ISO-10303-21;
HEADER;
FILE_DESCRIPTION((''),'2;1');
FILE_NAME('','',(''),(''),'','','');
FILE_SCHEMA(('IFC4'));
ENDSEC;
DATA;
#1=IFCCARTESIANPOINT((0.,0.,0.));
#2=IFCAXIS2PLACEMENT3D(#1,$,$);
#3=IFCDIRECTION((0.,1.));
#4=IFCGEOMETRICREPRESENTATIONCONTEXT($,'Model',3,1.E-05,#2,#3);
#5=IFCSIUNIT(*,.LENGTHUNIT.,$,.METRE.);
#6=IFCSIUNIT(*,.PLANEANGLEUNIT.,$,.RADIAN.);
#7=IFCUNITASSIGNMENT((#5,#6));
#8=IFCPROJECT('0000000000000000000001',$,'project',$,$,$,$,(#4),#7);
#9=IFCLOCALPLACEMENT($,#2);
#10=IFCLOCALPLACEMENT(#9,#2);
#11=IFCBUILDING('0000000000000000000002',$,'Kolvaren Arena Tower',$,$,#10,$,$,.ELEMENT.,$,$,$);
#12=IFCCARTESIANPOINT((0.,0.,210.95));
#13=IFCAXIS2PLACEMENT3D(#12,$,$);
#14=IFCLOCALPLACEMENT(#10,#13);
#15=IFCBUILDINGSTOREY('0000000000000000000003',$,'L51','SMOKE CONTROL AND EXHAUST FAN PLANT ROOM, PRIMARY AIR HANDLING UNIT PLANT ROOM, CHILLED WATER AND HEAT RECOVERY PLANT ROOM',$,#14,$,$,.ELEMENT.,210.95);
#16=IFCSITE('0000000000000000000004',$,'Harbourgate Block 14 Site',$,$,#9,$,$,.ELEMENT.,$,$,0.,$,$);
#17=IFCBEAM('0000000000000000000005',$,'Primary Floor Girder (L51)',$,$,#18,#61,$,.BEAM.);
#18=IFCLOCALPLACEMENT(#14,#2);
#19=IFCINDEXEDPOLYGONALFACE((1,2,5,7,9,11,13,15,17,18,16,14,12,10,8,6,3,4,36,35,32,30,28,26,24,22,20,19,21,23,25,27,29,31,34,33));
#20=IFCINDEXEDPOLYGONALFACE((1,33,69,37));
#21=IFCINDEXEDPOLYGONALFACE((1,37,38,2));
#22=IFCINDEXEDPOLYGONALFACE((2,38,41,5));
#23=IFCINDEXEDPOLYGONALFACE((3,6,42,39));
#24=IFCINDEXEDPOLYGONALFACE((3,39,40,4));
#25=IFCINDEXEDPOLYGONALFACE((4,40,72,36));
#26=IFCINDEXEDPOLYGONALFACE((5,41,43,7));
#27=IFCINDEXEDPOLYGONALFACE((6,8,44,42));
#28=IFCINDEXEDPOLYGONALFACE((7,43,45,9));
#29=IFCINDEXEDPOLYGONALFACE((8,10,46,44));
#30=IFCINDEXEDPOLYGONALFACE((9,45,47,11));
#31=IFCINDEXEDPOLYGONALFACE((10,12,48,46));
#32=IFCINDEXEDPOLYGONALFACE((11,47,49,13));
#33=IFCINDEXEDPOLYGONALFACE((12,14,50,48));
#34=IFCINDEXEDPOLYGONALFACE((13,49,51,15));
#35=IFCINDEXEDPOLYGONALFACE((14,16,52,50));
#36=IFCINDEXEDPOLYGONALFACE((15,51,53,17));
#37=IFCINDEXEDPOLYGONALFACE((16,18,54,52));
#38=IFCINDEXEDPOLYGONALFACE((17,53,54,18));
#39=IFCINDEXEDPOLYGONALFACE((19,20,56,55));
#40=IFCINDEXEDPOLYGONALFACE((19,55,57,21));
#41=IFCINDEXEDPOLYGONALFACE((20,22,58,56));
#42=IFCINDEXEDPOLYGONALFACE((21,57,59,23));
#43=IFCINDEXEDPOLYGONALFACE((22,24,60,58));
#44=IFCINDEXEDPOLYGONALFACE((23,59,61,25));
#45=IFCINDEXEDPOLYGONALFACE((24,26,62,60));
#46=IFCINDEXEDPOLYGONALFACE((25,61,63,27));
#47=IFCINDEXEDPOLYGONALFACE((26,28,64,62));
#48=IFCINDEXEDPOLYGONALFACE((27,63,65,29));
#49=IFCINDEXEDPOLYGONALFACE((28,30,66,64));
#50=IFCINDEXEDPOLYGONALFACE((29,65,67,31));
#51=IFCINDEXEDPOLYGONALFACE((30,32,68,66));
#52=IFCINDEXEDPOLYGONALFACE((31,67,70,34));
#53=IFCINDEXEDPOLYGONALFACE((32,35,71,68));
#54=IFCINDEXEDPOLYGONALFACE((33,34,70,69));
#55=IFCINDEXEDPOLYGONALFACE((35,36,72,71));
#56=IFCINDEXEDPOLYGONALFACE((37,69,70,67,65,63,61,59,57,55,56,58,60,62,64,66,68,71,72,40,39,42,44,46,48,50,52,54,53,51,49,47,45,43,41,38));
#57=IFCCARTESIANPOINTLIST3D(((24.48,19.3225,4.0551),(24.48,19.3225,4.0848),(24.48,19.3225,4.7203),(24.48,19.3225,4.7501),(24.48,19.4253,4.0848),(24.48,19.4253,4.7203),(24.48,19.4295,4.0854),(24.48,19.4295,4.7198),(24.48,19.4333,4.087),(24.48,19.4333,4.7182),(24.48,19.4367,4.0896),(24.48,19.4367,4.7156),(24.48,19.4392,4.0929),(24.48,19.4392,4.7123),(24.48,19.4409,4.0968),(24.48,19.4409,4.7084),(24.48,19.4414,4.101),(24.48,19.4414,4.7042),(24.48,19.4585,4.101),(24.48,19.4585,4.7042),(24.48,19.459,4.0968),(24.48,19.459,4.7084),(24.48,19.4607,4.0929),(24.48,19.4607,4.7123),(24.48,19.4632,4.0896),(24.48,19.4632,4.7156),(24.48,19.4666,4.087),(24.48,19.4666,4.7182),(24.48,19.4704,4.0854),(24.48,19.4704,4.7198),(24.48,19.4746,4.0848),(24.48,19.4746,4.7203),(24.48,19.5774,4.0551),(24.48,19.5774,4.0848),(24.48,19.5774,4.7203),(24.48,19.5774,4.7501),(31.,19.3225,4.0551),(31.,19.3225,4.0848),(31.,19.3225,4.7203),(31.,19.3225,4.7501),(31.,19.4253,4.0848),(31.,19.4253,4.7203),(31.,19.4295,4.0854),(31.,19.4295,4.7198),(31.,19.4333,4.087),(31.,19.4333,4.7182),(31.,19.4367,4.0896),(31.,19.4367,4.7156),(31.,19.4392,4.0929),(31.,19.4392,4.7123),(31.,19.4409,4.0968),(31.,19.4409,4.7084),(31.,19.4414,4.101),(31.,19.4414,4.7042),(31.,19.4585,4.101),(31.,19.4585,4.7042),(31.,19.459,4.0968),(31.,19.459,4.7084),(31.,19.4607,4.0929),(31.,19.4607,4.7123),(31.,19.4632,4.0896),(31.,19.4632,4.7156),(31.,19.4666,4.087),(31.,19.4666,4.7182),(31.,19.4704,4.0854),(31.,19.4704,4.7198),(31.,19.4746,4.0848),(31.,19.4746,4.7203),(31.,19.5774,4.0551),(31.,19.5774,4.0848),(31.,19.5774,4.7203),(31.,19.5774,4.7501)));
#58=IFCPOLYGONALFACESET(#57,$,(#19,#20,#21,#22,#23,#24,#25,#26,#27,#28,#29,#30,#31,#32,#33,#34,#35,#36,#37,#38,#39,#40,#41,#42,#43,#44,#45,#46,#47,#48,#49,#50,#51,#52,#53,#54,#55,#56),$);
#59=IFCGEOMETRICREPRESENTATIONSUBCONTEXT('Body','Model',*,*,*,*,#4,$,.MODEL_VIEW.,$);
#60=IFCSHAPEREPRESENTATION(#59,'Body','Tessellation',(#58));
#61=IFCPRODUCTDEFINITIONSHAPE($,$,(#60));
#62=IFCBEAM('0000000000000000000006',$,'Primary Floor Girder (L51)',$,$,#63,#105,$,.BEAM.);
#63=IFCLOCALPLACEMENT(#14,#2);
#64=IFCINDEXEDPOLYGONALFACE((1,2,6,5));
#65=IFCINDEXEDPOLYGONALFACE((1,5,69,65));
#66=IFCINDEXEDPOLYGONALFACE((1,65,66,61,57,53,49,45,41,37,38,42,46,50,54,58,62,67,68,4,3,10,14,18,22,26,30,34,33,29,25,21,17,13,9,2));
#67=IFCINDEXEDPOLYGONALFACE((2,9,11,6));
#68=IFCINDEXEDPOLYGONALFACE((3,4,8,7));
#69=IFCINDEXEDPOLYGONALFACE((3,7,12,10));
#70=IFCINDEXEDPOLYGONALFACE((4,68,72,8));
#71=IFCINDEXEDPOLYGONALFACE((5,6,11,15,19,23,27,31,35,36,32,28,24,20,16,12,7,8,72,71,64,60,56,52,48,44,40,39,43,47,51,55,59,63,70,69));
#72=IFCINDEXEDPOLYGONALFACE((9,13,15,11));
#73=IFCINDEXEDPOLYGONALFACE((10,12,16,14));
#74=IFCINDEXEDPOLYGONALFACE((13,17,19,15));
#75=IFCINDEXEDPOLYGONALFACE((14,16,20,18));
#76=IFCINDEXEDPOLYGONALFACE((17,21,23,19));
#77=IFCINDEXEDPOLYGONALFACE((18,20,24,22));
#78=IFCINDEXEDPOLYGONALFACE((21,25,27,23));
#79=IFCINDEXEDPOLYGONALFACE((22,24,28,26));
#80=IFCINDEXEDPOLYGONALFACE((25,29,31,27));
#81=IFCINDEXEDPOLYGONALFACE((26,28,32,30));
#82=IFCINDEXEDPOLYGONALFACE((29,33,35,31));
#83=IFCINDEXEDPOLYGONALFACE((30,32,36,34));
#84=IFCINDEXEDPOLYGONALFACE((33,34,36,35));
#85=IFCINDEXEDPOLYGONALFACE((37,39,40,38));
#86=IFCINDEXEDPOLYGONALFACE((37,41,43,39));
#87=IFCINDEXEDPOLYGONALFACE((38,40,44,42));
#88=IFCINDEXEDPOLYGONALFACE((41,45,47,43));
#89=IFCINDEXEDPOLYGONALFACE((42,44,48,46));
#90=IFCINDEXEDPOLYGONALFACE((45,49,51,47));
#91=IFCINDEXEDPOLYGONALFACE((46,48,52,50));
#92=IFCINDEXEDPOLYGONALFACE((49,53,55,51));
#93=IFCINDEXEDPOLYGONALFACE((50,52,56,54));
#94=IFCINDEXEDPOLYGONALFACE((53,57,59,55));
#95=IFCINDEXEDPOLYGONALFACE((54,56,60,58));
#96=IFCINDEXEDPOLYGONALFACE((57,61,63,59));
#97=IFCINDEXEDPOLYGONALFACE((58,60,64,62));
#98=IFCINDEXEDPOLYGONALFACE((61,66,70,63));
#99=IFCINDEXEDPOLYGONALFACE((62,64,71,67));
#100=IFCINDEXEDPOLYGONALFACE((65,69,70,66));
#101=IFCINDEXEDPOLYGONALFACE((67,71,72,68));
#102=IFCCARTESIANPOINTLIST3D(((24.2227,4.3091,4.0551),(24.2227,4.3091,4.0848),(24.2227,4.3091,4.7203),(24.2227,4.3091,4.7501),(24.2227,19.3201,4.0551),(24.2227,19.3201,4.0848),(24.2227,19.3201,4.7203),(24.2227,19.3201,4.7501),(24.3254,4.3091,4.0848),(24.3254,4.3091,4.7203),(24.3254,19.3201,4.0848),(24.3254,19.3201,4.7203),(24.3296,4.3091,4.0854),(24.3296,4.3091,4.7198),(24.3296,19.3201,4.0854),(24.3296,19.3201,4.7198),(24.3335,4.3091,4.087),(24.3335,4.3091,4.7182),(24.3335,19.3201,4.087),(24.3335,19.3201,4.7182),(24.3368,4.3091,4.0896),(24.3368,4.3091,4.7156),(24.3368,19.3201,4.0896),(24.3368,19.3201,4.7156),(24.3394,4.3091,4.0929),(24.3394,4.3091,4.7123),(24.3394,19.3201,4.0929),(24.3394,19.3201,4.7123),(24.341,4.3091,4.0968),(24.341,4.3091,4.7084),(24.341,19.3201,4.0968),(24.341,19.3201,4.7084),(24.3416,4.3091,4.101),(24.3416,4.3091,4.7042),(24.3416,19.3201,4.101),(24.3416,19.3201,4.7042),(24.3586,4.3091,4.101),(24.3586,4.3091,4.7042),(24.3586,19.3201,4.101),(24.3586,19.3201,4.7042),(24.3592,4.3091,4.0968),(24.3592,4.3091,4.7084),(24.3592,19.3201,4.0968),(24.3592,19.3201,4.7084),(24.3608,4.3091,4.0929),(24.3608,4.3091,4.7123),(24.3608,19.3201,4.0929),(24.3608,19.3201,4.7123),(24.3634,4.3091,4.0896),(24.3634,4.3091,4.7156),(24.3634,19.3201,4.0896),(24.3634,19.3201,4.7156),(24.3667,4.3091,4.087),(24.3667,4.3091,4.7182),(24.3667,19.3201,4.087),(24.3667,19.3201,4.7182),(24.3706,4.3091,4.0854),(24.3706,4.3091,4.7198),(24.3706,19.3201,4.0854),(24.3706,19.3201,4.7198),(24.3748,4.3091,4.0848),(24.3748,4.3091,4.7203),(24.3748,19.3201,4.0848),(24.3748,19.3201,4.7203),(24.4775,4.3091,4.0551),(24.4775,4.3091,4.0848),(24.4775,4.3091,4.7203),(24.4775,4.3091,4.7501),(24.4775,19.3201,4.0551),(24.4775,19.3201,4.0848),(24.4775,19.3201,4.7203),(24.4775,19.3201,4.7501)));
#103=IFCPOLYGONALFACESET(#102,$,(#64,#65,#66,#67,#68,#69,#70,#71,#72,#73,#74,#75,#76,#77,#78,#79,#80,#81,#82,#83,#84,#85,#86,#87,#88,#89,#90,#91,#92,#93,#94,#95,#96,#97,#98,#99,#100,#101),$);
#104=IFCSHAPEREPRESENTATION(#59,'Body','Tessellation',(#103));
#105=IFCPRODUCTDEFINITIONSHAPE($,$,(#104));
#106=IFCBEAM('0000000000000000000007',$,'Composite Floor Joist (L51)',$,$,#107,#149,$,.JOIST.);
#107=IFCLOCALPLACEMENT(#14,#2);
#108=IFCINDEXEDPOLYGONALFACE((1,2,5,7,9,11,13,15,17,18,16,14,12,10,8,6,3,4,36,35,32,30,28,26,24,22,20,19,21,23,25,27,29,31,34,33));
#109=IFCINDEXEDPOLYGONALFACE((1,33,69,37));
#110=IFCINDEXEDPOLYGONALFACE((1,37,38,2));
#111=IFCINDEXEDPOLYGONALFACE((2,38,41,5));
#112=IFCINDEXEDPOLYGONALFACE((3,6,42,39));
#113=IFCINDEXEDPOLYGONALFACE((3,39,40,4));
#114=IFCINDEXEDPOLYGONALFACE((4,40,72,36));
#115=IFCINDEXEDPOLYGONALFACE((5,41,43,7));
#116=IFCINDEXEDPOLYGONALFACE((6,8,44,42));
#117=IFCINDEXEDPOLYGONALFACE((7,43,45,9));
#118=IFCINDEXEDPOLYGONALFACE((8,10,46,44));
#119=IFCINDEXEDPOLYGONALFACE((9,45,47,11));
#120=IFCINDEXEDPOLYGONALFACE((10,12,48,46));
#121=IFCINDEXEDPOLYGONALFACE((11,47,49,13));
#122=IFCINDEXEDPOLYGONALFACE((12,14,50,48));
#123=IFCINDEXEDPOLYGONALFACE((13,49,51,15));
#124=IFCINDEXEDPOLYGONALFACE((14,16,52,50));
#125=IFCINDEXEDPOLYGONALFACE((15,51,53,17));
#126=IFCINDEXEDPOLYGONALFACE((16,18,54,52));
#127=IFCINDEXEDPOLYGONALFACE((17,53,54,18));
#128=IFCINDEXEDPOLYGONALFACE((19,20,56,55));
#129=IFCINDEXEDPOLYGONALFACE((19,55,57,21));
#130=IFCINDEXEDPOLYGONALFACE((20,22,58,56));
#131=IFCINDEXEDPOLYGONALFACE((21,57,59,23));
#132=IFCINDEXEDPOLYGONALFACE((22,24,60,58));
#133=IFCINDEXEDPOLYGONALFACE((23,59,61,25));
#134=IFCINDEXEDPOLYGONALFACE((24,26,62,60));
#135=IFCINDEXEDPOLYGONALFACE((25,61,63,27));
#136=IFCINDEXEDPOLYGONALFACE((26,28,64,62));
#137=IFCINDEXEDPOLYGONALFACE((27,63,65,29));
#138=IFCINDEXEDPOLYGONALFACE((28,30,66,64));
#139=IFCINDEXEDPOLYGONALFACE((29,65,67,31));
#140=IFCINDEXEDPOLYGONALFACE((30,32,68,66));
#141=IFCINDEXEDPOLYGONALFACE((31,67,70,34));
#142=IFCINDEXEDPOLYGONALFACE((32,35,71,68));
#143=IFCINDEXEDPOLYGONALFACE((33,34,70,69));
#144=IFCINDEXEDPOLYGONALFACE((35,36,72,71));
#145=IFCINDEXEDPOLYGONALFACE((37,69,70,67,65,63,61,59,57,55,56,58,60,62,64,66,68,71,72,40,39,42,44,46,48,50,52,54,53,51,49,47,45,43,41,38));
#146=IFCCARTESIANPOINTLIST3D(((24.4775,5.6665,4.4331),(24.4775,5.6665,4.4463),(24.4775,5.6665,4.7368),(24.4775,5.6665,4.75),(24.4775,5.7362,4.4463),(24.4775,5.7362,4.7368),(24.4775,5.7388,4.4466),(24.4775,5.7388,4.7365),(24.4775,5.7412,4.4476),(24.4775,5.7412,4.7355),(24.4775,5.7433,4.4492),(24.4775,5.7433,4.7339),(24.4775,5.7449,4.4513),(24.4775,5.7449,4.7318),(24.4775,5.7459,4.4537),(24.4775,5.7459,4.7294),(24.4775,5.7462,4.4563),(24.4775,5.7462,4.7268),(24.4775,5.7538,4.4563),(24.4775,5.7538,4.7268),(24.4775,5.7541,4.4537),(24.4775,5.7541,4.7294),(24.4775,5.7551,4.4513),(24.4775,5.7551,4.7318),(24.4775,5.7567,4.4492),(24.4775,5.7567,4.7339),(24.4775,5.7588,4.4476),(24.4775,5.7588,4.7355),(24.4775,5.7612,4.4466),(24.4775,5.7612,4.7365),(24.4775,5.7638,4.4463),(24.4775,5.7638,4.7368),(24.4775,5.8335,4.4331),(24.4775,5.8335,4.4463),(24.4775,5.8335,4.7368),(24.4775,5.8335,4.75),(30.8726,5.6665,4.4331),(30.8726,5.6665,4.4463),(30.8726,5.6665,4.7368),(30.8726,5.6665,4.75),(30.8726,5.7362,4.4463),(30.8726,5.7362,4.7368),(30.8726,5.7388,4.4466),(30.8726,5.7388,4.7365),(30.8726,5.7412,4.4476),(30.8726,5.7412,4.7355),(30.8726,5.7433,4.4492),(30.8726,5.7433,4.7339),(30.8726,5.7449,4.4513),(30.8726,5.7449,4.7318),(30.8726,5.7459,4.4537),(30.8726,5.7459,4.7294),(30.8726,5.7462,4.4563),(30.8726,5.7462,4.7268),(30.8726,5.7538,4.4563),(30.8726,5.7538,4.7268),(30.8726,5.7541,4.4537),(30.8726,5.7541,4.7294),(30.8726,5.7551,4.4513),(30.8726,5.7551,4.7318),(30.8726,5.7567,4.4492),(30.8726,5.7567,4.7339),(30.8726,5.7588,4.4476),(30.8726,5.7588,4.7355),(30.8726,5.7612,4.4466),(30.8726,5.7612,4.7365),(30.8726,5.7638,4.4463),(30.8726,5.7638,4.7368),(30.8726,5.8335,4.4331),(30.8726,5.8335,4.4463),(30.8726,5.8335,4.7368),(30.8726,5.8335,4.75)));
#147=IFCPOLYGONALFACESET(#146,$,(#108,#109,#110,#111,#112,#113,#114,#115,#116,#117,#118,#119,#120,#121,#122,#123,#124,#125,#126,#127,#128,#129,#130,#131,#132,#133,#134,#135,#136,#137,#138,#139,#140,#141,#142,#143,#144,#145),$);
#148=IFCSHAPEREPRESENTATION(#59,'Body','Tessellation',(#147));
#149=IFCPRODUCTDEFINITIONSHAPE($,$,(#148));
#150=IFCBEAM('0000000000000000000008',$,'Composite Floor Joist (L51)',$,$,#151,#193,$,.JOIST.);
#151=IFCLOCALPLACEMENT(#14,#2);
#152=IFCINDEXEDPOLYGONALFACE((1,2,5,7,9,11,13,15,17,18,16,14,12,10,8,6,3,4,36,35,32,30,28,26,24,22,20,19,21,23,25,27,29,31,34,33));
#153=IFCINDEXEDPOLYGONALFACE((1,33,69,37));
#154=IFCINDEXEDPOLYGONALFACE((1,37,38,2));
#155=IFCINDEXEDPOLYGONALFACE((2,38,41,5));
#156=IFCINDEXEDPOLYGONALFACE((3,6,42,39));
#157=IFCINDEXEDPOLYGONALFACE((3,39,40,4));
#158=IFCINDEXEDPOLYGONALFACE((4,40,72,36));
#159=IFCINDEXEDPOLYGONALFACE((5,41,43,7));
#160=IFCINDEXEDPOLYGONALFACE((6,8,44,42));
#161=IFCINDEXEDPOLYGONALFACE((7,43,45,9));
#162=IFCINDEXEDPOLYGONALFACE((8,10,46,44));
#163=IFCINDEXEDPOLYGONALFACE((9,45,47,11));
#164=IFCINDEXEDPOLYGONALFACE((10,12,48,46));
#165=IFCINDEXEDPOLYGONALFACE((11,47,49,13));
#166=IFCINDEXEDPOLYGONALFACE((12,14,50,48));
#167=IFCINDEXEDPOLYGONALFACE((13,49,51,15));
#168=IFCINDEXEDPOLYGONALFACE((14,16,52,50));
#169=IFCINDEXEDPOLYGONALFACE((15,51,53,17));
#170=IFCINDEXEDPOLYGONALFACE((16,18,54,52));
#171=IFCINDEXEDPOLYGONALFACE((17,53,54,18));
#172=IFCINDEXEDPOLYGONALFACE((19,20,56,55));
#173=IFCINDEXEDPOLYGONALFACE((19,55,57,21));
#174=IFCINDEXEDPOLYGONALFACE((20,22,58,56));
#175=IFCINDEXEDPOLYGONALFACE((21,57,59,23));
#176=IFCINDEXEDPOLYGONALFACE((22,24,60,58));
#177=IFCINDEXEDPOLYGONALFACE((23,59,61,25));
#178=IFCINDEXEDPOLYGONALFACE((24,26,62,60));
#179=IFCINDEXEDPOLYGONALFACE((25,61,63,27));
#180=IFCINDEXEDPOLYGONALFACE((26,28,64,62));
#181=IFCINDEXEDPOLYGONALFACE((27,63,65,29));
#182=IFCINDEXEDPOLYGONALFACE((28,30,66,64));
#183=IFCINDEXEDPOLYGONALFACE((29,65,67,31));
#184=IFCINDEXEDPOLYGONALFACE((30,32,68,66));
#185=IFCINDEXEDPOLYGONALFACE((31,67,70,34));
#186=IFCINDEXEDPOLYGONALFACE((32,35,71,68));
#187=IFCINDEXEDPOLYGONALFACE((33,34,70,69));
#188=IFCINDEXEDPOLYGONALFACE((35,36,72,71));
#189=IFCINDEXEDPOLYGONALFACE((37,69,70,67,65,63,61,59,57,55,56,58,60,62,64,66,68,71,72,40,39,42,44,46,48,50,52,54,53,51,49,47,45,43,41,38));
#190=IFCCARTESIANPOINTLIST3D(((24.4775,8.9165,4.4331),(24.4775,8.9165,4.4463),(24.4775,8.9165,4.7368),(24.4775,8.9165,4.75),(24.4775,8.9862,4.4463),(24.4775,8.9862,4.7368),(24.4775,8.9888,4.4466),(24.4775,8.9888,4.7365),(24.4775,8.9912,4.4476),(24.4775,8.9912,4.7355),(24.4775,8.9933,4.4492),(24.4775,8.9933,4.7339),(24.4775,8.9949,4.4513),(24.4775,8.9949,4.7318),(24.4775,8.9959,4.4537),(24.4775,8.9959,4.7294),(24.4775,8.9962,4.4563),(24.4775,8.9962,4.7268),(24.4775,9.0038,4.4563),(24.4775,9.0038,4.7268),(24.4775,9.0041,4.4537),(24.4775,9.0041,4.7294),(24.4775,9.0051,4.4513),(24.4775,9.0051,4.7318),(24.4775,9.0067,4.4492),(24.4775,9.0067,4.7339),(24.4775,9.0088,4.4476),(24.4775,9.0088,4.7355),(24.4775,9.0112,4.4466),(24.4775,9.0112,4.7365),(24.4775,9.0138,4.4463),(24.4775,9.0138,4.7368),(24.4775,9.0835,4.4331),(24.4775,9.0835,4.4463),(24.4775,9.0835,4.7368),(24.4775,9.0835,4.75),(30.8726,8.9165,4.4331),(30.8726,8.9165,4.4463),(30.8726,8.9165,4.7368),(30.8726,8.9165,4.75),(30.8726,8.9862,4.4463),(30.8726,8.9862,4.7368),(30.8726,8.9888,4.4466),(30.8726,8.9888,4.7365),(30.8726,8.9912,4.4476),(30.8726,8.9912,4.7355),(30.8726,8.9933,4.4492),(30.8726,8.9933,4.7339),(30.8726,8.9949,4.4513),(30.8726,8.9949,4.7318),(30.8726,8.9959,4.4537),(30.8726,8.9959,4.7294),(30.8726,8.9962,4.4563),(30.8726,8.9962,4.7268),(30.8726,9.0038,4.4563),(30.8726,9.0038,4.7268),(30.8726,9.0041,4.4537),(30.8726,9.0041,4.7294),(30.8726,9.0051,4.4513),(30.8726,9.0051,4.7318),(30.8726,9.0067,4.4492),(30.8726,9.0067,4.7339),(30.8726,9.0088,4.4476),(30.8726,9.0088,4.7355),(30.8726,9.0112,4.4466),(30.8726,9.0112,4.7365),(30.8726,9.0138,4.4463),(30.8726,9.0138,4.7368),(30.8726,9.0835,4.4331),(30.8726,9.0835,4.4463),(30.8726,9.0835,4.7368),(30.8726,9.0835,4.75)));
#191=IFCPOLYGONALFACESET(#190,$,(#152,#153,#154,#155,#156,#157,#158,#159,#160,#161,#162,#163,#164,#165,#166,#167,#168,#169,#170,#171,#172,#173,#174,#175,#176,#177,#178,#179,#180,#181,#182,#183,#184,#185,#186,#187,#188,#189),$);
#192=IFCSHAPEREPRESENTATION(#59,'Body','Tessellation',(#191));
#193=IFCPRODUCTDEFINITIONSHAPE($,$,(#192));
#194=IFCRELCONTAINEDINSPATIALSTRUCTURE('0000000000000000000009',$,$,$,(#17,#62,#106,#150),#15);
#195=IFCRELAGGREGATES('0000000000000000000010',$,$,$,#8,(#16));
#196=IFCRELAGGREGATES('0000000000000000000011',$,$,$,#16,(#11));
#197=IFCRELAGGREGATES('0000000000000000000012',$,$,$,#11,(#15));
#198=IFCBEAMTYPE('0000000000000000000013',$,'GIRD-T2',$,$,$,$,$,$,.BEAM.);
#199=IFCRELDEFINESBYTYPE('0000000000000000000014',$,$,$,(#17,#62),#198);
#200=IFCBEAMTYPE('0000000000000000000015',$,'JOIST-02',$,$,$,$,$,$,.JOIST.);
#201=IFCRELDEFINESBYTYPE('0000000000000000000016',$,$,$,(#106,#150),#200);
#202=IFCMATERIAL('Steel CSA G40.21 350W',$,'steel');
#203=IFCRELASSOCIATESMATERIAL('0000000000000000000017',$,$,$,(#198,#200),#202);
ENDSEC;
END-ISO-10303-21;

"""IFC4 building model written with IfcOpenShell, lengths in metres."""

from ifc_helpers import new_model, si_unit, direction, frame, origin, origin_2d, place, context, subcontext, project, spatial, i_section, extrude, material, material_profile, profile_set, type_object, element, save


model = new_model("IFC4")

# Units and contexts
model_context = context("Model", 3, precision=1e-05, world=origin(), true_north=direction((0.0, 1.0)))
body_context = subcontext(model_context, "Body", "Model", "MODEL_VIEW")
ifc_project = project(units=[si_unit("LENGTHUNIT", "METRE"), si_unit("PLANEANGLEUNIT", "RADIAN")], contexts=[model_context])

# Site, building, storey
site_placement = place(None, origin())
site = spatial("IfcSite", under=ifc_project, at=site_placement, Name="Harbourgate Block 14 Site", CompositionType="ELEMENT", RefElevation=0.0)
building_placement = place(site_placement, origin())
building = spatial("IfcBuilding", under=site, at=building_placement, Name="Kolvaren Arena Tower", CompositionType="ELEMENT")
storey_placement = place(building_placement, frame((0.0, 0.0, 210.95)))
storey = spatial("IfcBuildingStorey", under=building, at=storey_placement, Name="L51", Description="SMOKE CONTROL AND EXHAUST FAN PLANT ROOM, PRIMARY AIR HANDLING UNIT PLANT ROOM, CHILLED WATER AND HEAT RECOVERY PLANT ROOM", CompositionType="ELEMENT", Elevation=210.95)

# Beams
ifc_material_1 = material(Name="Steel CSA G40.21 350W", Category="steel")
ifc_material_profile_1 = material_profile(ifc_material_1, i_section(OverallWidth=0.2549, OverallDepth=0.6951, WebThickness=0.0171, FlangeThickness=0.0298, FilletRadius=0.0161, at=origin_2d()), Name="W690x217")
ifc_profile_set_1 = profile_set([ifc_material_profile_1], Name="Steel CSA G40.21 350W")
beam_type_1 = type_object("IfcBeamType", Name="GIRD-T2", PredefinedType="BEAM", material=ifc_profile_set_1)
beam_1_placement = place(storey_placement, frame((24.48, 19.45, 4.4026), z_axis=(1.0, 0.0, 0.0), x_axis=(0.0, 1.0, 0.0)))
element("IfcBeam", 1, at=beam_1_placement, inside=storey, type_object=beam_type_1, Name="Primary Floor Girder (L51)", PredefinedType="BEAM", context=body_context, shape_type="SweptSolid", body=[
    extrude(i_section(OverallWidth=0.2549, OverallDepth=0.6951, WebThickness=0.0171, FlangeThickness=0.0298, FilletRadius=0.0161, at=origin_2d()), origin(), (0.0, 0.0, 1.0), 6.52),
])
beam_2_placement = place(storey_placement, frame((24.3501, 4.3091, 4.4026), z_axis=(0.0, 1.0, 0.0), x_axis=(-1.0, 0.0, 0.0)))
element("IfcBeam", 2, at=beam_2_placement, inside=storey, type_object=beam_type_1, Name="Primary Floor Girder (L51)", PredefinedType="BEAM", context=body_context, shape_type="SweptSolid", body=[
    extrude(i_section(OverallWidth=0.2549, OverallDepth=0.6951, WebThickness=0.0171, FlangeThickness=0.0298, FilletRadius=0.0161, at=origin_2d()), origin(), (0.0, 0.0, 1.0), 15.011),
])
ifc_material_profile_2 = material_profile(ifc_material_1, i_section(OverallWidth=0.167, OverallDepth=0.3169, WebThickness=0.0076, FlangeThickness=0.0132, FilletRadius=0.01, at=origin_2d()), Name="W310x52")
ifc_profile_set_2 = profile_set([ifc_material_profile_2], Name="Steel CSA G40.21 350W")
beam_type_2 = type_object("IfcBeamType", Name="JOIST-02", PredefinedType="JOIST", material=ifc_profile_set_2)
for number, where, z_axis, x_axis, name in (
    (3, (24.4775, 5.75, 4.5916), (1.0, 0.0, 0.0), (0.0, 1.0, 0.0), "Composite Floor Joist (L51)"),
    (4, (24.4775, 9.0, 4.5916), (1.0, 0.0, 0.0), (0.0, 1.0, 0.0), "Composite Floor Joist (L51)"),
):
    element("IfcBeam", number, at=place(storey_placement, frame(where, z_axis=z_axis, x_axis=x_axis)), inside=storey, type_object=beam_type_2, Name=name, PredefinedType="JOIST", context=body_context, shape_type="SweptSolid", body=[
        extrude(i_section(OverallWidth=0.167, OverallDepth=0.3169, WebThickness=0.0076, FlangeThickness=0.0132, FilletRadius=0.01, at=origin_2d()), origin(), (0.0, 0.0, 1.0), 6.395),
    ])

save(model, "model.ifc")
